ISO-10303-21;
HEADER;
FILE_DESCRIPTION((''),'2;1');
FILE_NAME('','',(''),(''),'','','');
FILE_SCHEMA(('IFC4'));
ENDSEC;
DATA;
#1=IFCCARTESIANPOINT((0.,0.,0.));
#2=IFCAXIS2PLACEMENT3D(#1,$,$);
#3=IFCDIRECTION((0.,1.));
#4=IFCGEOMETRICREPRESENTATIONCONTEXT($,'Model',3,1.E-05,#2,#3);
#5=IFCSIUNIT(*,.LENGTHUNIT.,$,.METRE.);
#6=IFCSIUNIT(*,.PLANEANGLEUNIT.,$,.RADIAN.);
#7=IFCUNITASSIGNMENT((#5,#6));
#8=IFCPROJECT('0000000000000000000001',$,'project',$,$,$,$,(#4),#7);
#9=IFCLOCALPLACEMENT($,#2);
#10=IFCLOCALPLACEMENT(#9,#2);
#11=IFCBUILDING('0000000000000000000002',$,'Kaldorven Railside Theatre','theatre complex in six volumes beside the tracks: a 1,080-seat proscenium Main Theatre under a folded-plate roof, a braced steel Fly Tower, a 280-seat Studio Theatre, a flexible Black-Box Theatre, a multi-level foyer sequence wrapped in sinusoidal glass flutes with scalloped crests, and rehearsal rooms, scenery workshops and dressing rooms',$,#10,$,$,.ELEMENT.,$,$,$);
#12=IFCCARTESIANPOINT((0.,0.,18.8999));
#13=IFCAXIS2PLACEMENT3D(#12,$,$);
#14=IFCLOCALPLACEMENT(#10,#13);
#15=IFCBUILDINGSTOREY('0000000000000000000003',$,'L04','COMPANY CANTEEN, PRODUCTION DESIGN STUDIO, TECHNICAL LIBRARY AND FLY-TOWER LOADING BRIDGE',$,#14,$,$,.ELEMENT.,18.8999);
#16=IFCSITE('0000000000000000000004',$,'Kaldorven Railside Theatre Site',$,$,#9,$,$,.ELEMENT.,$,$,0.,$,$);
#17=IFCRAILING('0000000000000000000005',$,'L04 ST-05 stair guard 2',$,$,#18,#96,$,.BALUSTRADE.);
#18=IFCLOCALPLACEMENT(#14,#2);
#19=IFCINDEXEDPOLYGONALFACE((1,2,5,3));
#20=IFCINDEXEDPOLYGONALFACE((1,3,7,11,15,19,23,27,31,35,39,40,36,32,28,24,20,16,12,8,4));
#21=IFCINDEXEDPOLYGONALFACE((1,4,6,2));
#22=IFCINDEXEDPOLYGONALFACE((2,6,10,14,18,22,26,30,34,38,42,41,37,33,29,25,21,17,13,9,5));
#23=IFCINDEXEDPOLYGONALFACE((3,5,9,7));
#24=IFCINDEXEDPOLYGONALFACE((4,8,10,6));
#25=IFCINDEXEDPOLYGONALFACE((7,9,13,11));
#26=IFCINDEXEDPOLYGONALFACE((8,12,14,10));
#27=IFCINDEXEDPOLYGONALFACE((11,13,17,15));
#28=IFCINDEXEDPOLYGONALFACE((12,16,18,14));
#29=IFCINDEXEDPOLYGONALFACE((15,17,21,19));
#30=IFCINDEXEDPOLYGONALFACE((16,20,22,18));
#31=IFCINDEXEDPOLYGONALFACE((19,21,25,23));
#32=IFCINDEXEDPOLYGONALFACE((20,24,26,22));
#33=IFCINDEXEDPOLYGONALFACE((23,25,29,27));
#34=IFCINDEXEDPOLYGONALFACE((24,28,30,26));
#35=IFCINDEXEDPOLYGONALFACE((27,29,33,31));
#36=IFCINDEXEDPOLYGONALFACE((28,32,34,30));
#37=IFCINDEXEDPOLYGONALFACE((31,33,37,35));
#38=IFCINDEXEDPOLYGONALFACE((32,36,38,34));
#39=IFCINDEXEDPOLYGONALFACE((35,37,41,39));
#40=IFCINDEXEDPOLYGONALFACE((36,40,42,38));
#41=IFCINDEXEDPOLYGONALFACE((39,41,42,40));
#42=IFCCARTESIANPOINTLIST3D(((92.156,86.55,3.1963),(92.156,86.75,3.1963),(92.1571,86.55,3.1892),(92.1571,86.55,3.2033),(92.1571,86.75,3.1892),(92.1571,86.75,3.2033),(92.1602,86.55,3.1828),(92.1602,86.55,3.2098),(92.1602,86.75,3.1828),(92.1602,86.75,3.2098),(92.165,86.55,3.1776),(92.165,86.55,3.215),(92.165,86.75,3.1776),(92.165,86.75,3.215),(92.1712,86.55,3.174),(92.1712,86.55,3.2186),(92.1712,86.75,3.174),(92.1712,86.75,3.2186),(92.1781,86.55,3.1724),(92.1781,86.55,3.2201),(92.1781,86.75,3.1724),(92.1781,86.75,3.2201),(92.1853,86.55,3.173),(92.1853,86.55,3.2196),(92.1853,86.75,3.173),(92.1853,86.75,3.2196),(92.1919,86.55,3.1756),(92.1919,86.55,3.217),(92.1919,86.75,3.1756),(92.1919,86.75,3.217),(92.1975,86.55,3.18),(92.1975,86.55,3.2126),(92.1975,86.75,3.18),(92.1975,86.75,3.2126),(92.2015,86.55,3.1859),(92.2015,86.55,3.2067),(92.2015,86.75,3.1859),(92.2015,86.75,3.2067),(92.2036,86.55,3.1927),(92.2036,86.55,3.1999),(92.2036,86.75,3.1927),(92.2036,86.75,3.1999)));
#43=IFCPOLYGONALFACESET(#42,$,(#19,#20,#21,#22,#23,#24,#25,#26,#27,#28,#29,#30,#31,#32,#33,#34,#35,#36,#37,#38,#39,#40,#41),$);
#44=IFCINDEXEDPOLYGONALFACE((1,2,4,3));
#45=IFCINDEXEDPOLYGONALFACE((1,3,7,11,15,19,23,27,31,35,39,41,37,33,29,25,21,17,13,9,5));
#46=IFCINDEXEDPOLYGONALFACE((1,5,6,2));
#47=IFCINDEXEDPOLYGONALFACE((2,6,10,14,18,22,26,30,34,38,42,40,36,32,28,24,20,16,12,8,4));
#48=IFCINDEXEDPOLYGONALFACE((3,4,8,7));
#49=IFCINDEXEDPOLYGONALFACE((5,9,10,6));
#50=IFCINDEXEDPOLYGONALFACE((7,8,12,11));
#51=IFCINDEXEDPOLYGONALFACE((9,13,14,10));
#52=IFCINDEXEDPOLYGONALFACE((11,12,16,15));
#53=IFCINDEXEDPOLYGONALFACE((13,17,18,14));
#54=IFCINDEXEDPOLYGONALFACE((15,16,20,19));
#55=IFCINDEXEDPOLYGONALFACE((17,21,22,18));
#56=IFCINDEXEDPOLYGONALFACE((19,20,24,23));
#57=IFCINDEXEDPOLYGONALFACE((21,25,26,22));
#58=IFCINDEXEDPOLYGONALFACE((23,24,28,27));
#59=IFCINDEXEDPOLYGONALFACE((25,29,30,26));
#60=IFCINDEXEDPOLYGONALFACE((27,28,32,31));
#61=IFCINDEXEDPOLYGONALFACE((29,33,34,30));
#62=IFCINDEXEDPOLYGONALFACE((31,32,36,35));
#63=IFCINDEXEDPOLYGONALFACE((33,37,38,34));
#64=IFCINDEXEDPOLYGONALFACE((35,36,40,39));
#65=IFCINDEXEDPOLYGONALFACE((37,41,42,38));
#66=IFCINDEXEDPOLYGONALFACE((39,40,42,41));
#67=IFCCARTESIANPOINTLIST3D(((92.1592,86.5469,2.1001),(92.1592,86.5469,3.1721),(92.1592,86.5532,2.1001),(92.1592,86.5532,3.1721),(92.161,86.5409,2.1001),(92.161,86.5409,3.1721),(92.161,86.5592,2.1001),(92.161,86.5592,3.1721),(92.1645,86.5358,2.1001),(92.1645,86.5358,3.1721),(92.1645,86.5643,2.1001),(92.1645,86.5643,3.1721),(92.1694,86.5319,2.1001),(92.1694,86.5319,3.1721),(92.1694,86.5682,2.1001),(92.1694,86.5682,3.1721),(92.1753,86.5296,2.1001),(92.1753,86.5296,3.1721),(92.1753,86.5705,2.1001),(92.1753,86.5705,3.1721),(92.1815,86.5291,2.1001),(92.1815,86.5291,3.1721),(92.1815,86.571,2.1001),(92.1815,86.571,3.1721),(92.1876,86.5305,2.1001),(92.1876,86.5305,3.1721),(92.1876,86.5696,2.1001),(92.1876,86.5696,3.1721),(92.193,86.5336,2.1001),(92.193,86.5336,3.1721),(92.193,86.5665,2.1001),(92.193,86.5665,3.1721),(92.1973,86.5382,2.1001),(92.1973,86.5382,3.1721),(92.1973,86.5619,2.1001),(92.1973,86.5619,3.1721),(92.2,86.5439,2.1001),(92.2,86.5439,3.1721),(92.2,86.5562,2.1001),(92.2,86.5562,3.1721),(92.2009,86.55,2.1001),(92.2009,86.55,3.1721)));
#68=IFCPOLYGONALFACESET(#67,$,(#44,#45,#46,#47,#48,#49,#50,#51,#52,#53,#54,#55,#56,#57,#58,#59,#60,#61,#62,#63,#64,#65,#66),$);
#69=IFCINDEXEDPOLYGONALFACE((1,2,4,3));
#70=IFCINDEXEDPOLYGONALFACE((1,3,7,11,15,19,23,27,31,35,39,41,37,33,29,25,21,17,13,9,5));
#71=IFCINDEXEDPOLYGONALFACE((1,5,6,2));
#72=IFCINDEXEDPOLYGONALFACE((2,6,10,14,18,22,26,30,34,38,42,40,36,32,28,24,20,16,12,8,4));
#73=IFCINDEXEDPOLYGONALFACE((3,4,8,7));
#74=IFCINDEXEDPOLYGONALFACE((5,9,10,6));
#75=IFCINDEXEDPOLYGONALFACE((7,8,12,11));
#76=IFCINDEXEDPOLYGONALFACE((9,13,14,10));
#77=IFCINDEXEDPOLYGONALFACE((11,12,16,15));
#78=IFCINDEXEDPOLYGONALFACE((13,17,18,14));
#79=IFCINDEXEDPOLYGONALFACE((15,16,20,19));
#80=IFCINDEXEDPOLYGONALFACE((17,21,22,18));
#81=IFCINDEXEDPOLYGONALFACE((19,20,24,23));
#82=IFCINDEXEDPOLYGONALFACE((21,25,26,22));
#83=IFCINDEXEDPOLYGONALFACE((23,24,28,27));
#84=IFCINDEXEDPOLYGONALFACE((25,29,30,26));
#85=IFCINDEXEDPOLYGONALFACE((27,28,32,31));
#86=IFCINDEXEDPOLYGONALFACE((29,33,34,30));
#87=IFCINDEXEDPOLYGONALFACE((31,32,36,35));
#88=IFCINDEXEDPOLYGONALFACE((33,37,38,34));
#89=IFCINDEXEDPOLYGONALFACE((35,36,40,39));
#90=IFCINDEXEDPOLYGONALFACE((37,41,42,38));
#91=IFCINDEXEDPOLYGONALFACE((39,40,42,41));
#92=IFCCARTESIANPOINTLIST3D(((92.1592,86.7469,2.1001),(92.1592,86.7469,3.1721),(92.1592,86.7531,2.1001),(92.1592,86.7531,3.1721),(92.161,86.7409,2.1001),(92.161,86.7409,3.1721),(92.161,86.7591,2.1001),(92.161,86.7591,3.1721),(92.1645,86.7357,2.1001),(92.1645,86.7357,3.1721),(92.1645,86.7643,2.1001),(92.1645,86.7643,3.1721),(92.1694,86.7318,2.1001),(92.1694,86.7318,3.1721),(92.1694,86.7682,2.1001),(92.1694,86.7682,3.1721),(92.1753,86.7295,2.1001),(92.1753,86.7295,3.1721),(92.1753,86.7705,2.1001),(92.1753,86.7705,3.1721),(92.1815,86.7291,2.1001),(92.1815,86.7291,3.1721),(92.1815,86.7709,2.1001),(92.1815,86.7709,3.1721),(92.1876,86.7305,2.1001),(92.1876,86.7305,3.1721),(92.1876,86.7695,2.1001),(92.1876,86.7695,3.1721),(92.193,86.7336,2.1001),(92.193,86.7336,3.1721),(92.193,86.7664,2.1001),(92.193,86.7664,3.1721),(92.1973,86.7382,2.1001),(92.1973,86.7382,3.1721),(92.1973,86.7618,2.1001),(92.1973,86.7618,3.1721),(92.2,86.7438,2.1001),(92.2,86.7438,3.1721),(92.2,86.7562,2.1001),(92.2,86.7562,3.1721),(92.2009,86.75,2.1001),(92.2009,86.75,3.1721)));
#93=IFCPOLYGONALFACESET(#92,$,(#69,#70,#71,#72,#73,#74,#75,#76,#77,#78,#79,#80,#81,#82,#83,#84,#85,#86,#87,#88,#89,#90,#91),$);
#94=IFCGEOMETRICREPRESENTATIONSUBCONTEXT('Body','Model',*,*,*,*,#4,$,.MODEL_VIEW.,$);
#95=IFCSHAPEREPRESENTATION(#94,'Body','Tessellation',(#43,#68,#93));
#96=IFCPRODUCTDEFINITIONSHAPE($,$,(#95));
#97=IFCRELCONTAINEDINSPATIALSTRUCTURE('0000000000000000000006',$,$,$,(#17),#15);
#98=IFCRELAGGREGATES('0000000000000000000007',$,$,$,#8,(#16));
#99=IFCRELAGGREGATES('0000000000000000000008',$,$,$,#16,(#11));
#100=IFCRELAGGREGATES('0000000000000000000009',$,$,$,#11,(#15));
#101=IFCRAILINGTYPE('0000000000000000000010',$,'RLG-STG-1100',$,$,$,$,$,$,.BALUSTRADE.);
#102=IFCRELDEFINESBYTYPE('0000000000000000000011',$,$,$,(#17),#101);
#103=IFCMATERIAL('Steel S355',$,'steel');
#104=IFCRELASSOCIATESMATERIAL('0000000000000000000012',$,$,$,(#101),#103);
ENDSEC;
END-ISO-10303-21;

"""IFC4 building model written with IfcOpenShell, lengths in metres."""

from ifc_helpers import new_model, si_unit, direction, frame, origin, origin_2d, place, context, subcontext, project, spatial, circle, extrude, material, type_object, element, save


model = new_model("IFC4")

# Units and contexts
model_context = context("Model", 3, precision=1e-05, world=origin(), true_north=direction((0.0, 1.0)))
body_context = subcontext(model_context, "Body", "Model", "MODEL_VIEW")
ifc_project = project(units=[si_unit("LENGTHUNIT", "METRE"), si_unit("PLANEANGLEUNIT", "RADIAN")], contexts=[model_context])

# Site, building, storey
site_placement = place(None, origin())
site = spatial("IfcSite", under=ifc_project, at=site_placement, Name="Kaldorven Railside Theatre Site", CompositionType="ELEMENT", RefElevation=0.0)
building_placement = place(site_placement, origin())
building = spatial("IfcBuilding", under=site, at=building_placement, Name="Kaldorven Railside Theatre", Description="theatre complex in six volumes beside the tracks: a 1,080-seat proscenium Main Theatre under a folded-plate roof, a braced steel Fly Tower, a 280-seat Studio Theatre, a flexible Black-Box Theatre, a multi-level foyer sequence wrapped in sinusoidal glass flutes with scalloped crests, and rehearsal rooms, scenery workshops and dressing rooms", CompositionType="ELEMENT")
storey_placement = place(building_placement, frame((0.0, 0.0, 18.8999)))
storey = spatial("IfcBuildingStorey", under=building, at=storey_placement, Name="L04", Description="COMPANY CANTEEN, PRODUCTION DESIGN STUDIO, TECHNICAL LIBRARY AND FLY-TOWER LOADING BRIDGE", CompositionType="ELEMENT", Elevation=18.8999)

# Shared definitions
ifc_material_1 = material(Name="Steel S355", Category="steel")

# Railing
railing_type_1 = type_object("IfcRailingType", Name="RLG-STG-1100", PredefinedType="BALUSTRADE", material=ifc_material_1)
railing_1_placement = place(storey_placement, frame((92.1799, 86.55, 2.1001)))
element("IfcRailing", 1, at=railing_1_placement, inside=storey, type_object=railing_type_1, Name="L04 ST-05 stair guard 2", PredefinedType="BALUSTRADE", context=body_context, shape_type="SweptSolid", body=[
    extrude(circle(Radius=0.0239, at=origin_2d()), frame((0.0, 0.0, 1.0962), z_axis=(0.0, 1.0, 0.0), x_axis=(-1.0, 0.0, 0.0)), (0.0, 0.0, 1.0), 0.2),
    extrude(circle(Radius=0.021, at=origin_2d()), origin(), (0.0, 0.0, 1.0), 1.072),
    extrude(circle(Radius=0.021, at=origin_2d()), frame((0.0, 0.2, 0.0)), (0.0, 0.0, 1.0), 1.072),
])

save(model, "model.ifc")
